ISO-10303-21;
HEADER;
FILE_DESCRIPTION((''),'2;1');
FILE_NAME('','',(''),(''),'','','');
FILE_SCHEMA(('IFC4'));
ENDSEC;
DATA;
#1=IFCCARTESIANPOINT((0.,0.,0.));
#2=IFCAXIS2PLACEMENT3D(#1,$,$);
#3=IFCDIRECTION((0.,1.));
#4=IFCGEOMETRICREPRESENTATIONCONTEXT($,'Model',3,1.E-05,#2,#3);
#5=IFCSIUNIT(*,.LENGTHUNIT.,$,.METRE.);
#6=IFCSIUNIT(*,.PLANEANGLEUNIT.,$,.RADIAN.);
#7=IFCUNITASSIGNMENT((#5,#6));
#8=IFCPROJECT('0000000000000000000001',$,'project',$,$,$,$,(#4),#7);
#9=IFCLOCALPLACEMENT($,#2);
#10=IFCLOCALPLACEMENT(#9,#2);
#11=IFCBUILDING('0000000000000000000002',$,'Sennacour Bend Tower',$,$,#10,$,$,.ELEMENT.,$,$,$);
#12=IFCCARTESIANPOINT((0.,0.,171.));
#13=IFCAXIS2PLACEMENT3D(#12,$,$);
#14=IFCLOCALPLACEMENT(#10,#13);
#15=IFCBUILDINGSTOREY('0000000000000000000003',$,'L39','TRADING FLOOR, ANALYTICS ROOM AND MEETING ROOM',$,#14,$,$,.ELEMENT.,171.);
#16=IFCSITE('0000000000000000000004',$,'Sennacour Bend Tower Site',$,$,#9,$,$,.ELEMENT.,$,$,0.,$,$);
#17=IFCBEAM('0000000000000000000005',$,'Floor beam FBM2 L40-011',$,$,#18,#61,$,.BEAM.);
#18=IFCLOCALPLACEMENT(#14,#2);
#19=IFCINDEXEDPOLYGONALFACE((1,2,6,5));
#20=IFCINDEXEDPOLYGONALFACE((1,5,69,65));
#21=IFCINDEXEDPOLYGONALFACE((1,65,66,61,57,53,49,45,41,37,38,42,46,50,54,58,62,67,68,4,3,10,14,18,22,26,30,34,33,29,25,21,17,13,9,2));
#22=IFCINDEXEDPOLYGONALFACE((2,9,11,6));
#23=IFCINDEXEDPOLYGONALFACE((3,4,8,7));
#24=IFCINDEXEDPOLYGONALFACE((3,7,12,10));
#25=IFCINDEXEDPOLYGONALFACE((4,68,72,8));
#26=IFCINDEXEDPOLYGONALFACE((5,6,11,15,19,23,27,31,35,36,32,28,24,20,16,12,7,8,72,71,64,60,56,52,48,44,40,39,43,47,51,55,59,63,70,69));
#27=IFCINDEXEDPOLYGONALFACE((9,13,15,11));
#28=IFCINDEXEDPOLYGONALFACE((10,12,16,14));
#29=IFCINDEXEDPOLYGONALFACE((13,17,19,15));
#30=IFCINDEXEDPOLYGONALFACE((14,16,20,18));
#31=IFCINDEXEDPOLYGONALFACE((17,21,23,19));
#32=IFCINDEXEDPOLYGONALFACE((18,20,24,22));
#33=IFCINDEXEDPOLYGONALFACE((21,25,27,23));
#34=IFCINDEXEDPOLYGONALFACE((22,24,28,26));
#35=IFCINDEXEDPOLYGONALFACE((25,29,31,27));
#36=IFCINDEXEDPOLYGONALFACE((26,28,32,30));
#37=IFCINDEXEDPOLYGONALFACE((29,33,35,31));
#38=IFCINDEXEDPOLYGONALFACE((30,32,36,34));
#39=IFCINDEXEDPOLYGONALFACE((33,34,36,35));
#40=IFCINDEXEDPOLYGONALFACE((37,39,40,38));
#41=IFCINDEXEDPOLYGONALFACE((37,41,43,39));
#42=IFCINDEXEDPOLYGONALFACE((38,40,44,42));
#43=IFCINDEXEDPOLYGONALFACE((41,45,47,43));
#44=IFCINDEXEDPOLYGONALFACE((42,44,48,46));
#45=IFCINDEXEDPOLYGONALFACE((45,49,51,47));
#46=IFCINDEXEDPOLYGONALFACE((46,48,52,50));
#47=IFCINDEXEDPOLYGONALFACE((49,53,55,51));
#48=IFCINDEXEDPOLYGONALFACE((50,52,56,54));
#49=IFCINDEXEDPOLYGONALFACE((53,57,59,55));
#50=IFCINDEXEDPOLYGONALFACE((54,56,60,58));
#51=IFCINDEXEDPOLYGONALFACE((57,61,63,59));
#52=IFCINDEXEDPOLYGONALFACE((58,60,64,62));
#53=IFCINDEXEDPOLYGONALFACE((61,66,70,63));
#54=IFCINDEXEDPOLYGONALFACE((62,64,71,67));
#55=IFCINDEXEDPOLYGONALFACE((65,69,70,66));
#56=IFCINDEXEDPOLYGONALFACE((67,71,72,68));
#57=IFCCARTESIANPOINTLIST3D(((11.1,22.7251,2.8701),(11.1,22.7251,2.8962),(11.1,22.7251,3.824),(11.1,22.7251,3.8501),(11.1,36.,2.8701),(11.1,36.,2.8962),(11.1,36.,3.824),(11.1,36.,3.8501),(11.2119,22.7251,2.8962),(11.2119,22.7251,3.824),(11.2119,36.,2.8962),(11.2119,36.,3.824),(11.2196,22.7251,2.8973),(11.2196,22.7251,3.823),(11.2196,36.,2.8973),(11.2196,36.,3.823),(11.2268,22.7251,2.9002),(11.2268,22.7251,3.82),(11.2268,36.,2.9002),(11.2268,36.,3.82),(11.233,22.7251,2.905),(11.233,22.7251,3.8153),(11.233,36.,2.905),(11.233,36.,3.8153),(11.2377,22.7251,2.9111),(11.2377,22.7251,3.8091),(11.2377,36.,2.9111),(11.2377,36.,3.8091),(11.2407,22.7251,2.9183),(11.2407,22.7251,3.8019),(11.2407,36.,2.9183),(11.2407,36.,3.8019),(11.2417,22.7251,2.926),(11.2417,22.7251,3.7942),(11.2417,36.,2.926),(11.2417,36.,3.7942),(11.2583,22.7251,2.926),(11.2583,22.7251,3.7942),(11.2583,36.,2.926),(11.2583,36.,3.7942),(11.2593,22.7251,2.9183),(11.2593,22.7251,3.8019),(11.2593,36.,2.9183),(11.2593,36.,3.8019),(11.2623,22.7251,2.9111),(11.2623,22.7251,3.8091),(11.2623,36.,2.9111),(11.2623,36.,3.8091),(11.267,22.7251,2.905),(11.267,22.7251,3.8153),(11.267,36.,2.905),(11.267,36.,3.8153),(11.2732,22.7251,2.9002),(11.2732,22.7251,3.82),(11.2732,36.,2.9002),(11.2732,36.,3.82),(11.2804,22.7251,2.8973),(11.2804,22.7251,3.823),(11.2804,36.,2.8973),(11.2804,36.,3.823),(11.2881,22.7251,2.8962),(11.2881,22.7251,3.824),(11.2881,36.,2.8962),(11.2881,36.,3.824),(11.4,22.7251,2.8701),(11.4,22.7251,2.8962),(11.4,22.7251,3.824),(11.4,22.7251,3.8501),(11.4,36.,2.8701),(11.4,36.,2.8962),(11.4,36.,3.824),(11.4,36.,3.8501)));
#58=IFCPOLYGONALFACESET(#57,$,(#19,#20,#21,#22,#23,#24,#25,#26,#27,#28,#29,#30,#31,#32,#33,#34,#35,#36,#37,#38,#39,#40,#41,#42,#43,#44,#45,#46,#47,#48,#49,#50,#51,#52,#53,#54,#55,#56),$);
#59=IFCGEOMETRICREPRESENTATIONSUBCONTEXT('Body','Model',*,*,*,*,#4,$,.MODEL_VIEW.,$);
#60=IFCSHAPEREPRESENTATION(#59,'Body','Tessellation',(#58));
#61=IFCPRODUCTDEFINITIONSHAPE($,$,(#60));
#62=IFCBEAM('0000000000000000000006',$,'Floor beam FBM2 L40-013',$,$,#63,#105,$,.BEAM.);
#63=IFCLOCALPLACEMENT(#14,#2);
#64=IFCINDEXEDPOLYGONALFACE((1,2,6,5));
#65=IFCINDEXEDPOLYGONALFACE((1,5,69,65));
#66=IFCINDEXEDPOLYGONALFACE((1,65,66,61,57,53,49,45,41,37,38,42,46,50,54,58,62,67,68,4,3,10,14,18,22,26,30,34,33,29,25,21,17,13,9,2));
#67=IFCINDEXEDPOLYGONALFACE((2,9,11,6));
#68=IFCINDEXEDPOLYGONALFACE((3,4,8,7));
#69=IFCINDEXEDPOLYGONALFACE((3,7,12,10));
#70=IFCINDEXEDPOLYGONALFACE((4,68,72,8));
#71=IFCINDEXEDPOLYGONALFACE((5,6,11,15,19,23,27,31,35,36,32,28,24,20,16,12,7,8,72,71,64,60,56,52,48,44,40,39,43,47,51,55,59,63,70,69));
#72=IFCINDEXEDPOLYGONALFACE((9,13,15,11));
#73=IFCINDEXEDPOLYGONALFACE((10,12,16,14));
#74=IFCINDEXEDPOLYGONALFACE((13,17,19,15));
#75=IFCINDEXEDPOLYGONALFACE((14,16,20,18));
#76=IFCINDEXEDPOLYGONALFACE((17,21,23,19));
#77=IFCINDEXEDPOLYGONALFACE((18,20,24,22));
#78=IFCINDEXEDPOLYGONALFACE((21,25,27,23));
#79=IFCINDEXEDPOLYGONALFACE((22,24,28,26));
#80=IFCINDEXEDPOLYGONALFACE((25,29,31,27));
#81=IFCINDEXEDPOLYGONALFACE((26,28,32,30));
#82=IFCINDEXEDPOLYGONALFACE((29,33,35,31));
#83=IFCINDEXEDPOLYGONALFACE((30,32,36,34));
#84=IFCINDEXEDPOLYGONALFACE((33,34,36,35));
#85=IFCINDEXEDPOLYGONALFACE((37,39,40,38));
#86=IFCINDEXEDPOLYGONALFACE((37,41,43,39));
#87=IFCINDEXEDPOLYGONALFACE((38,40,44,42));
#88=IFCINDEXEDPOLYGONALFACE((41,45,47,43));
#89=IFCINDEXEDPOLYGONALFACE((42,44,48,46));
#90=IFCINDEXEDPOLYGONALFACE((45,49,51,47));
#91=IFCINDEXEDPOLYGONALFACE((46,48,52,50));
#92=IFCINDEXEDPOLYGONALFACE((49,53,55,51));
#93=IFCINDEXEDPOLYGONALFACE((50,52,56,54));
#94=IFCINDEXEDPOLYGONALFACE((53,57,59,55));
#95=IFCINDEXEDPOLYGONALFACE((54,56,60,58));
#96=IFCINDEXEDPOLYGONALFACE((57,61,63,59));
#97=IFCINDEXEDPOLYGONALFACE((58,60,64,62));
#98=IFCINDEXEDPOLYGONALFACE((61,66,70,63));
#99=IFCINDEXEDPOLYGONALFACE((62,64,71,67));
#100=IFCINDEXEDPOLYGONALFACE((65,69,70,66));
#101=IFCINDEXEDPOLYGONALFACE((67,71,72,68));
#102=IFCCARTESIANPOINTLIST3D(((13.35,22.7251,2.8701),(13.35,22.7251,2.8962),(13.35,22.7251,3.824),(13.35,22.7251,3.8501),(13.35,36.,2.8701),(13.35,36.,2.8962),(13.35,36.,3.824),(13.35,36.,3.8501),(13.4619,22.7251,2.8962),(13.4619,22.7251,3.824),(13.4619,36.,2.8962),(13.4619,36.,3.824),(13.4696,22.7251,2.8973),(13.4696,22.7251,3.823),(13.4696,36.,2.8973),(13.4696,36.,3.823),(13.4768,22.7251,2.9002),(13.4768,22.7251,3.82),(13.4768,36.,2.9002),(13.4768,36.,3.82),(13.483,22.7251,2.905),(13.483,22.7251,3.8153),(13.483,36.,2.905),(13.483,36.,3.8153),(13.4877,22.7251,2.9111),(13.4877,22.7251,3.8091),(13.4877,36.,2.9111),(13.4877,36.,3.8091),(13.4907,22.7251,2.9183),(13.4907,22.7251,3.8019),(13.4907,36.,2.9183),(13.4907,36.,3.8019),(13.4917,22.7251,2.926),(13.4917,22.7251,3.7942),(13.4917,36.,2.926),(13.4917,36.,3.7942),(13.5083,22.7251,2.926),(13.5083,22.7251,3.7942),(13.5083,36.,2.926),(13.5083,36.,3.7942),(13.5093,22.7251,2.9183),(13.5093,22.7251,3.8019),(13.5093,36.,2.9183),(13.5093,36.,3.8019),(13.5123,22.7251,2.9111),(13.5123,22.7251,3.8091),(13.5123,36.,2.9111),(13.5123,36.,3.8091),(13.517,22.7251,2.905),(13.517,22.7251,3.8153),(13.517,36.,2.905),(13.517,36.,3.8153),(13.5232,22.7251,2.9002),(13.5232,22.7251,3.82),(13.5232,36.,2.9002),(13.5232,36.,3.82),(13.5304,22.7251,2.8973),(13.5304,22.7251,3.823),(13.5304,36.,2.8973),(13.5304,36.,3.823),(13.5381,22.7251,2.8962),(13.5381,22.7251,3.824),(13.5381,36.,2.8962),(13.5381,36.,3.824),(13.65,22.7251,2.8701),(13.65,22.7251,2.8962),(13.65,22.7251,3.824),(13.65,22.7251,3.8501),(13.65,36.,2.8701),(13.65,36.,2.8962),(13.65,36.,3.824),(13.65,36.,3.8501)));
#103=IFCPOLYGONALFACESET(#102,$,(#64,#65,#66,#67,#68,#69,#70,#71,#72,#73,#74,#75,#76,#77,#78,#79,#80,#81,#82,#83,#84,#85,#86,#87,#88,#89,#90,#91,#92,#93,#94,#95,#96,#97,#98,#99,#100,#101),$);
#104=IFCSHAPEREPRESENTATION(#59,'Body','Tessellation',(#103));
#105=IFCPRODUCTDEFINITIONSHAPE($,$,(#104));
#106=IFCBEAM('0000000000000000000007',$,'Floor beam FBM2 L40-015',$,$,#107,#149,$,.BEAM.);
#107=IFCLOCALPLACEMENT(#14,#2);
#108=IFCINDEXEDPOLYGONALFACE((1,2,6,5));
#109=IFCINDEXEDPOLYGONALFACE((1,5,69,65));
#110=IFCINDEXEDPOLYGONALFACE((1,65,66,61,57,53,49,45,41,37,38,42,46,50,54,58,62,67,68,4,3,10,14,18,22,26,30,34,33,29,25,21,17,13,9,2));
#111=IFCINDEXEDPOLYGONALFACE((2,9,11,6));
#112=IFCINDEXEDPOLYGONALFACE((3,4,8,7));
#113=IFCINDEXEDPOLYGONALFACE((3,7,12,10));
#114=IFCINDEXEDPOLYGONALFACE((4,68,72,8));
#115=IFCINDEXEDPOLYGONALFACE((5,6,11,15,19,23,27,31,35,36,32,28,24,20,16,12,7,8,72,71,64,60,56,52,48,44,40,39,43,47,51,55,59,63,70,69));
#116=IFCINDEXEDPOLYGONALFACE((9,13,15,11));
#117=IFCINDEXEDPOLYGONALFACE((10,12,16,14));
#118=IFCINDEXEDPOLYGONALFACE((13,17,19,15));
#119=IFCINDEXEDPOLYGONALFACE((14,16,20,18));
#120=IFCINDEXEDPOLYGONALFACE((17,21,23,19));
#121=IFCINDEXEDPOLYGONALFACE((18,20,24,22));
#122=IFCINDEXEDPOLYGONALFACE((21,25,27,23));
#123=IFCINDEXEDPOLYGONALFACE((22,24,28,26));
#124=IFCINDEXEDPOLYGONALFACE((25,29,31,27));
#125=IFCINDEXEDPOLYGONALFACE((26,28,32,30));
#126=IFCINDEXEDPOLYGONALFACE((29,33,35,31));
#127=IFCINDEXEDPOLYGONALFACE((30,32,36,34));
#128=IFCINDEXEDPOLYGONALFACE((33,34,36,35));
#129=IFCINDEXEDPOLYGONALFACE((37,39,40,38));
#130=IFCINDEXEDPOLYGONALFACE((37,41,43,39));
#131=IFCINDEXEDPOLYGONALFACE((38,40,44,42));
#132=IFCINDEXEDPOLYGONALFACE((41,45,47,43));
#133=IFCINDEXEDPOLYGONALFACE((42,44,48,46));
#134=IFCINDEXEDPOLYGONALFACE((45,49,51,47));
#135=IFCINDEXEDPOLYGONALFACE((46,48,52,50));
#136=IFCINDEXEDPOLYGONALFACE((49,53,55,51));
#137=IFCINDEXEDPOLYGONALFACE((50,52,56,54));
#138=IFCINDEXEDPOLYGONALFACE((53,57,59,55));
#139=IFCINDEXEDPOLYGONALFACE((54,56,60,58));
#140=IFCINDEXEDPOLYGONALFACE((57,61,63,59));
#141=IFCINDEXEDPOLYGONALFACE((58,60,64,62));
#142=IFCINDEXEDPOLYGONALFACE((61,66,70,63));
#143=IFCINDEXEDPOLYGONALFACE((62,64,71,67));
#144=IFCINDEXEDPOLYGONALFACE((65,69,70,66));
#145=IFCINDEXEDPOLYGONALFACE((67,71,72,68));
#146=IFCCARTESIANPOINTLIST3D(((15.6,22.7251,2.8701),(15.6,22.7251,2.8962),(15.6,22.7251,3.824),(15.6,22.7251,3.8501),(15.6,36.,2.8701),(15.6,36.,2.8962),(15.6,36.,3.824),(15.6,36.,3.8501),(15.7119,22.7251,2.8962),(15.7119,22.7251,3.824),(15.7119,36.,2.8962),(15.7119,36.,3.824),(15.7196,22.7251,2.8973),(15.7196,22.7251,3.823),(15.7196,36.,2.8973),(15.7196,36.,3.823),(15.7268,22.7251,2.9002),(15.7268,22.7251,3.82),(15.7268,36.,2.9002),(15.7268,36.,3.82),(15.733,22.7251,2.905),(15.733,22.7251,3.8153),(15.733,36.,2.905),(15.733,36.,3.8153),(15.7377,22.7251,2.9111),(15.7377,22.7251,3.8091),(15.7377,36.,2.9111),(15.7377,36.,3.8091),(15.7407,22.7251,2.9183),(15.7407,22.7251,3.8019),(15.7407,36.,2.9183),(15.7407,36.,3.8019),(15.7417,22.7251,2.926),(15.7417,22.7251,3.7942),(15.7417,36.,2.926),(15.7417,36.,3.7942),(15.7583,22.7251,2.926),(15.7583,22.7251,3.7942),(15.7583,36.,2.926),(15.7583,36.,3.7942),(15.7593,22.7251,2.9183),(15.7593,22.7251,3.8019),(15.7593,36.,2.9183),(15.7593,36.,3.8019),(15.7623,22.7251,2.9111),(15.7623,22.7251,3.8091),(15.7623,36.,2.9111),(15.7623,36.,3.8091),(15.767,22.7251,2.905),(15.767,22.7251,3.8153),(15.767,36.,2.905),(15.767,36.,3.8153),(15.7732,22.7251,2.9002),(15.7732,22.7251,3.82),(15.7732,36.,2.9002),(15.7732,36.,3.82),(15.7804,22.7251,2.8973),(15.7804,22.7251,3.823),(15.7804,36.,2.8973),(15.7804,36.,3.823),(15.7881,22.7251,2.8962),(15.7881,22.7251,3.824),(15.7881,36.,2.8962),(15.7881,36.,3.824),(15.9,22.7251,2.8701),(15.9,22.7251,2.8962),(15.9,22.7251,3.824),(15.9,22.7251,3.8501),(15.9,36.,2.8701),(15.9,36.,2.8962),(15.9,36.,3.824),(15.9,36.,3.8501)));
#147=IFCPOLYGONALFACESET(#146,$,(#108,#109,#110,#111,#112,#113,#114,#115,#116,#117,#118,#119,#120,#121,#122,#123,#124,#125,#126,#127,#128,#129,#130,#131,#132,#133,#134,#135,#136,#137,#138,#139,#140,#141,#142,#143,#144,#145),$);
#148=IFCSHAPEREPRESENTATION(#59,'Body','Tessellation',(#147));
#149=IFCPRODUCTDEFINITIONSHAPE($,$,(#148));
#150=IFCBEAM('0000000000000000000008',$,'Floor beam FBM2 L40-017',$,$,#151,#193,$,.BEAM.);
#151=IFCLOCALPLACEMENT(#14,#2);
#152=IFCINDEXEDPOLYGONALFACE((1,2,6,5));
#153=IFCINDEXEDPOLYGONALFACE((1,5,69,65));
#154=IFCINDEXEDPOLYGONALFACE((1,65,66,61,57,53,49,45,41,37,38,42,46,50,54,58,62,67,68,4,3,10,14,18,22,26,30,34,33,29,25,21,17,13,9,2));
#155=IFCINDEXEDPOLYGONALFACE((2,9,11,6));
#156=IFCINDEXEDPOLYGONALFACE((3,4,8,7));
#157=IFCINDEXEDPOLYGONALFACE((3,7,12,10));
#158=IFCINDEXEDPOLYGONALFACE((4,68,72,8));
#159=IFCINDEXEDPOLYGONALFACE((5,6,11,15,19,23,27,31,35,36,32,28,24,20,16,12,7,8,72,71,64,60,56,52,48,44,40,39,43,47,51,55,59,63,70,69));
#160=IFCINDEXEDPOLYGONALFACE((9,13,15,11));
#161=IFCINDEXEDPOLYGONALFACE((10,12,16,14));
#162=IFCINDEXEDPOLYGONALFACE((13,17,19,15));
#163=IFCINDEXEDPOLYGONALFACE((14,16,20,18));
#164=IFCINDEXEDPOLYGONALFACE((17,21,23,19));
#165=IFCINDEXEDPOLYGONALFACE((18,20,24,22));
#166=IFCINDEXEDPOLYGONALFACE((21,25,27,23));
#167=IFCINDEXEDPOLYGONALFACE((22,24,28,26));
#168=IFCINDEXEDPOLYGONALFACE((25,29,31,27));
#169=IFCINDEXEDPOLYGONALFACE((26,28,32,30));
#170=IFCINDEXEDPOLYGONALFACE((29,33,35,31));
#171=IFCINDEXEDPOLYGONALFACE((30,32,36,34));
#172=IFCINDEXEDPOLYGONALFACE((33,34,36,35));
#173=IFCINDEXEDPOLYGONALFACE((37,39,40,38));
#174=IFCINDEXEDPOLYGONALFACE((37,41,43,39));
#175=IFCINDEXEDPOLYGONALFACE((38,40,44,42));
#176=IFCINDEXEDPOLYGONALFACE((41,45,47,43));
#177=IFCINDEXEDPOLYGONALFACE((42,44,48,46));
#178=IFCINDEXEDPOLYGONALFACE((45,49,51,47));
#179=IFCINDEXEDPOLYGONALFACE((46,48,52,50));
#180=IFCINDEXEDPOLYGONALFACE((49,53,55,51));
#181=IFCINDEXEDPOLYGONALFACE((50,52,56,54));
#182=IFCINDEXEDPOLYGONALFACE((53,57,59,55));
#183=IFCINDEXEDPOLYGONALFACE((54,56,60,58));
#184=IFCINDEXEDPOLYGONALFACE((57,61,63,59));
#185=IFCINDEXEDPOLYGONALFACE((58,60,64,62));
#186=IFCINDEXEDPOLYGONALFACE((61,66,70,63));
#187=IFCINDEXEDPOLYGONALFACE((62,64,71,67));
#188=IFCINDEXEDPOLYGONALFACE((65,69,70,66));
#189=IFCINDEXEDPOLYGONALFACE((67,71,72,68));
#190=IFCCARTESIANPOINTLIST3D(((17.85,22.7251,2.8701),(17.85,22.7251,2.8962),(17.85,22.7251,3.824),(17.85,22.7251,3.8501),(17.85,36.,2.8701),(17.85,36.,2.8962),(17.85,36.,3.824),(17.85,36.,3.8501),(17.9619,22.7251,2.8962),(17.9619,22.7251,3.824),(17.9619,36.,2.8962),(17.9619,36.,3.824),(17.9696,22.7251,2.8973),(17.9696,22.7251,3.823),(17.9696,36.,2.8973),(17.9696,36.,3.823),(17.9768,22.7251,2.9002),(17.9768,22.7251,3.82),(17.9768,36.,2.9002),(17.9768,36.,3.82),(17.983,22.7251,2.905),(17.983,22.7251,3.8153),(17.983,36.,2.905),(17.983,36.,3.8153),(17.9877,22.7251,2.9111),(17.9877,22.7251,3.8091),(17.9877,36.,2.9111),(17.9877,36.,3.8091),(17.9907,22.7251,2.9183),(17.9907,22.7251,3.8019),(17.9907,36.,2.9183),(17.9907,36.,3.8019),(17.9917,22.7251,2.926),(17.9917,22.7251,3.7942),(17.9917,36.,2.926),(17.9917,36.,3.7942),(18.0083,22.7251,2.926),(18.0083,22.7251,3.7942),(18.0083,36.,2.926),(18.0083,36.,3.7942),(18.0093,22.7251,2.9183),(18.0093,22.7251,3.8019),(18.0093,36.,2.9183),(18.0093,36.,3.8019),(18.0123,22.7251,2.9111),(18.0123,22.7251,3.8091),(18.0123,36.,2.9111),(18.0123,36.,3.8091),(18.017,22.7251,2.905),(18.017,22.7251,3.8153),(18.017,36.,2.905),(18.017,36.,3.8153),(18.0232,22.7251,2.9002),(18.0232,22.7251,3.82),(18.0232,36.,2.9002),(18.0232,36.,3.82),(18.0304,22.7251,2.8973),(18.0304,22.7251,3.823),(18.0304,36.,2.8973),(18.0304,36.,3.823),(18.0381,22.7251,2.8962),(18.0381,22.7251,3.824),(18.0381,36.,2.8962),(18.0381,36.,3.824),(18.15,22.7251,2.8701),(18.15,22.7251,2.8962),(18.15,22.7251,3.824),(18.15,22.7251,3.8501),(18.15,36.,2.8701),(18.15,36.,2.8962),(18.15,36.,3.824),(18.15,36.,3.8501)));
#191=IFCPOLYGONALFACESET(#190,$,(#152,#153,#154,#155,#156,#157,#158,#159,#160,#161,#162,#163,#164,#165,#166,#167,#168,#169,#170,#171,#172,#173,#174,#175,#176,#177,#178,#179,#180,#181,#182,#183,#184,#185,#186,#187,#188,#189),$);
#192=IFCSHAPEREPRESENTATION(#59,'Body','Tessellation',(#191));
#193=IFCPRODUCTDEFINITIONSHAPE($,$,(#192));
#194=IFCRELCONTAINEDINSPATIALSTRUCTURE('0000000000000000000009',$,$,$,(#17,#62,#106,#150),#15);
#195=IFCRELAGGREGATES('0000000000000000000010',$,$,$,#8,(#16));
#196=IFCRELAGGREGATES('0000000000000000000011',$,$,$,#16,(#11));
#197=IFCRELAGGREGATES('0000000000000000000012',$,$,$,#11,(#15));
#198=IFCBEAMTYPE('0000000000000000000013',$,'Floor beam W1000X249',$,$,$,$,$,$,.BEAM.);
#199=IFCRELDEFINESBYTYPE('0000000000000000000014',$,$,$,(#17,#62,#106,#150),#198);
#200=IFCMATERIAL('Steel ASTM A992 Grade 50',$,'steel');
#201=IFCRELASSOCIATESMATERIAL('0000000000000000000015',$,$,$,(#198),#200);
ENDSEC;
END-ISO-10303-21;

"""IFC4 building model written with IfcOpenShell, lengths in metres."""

from ifc_helpers import new_model, si_unit, direction, frame, origin, origin_2d, place, context, subcontext, project, spatial, i_section, extrude, material, material_profile, profile_set, type_object, element, save


model = new_model("IFC4")

# Units and contexts
model_context = context("Model", 3, precision=1e-05, world=origin(), true_north=direction((0.0, 1.0)))
body_context = subcontext(model_context, "Body", "Model", "MODEL_VIEW")
ifc_project = project(units=[si_unit("LENGTHUNIT", "METRE"), si_unit("PLANEANGLEUNIT", "RADIAN")], contexts=[model_context])

# Site, building, storey
site_placement = place(None, origin())
site = spatial("IfcSite", under=ifc_project, at=site_placement, Name="Sennacour Bend Tower Site", CompositionType="ELEMENT", RefElevation=0.0)
building_placement = place(site_placement, origin())
building = spatial("IfcBuilding", under=site, at=building_placement, Name="Sennacour Bend Tower", CompositionType="ELEMENT")
storey_placement = place(building_placement, frame((0.0, 0.0, 171.0)))
storey = spatial("IfcBuildingStorey", under=building, at=storey_placement, Name="L39", Description="TRADING FLOOR, ANALYTICS ROOM AND MEETING ROOM", CompositionType="ELEMENT", Elevation=171.0)

# Beams
ifc_material_1 = material(Name="Steel ASTM A992 Grade 50", Category="steel")
ifc_material_profile_1 = material_profile(ifc_material_1, i_section(OverallWidth=0.3, OverallDepth=0.98, WebThickness=0.0166, FlangeThickness=0.0261, FilletRadius=0.0298, at=origin_2d()), Name="Steel ASTM A992 Grade 50", Category="steel")
ifc_profile_set_1 = profile_set([ifc_material_profile_1], Name="Steel ASTM A992 Grade 50")
beam_type_1 = type_object("IfcBeamType", Name="Floor beam W1000X249", PredefinedType="BEAM", material=ifc_profile_set_1)
for number, where, z_axis, x_axis, name in (
    (1, (11.25, 22.7251, 3.3601), (0.0, 1.0, 0.0), (-1.0, 0.0, 0.0), "Floor beam FBM2 L40-011"),
    (2, (13.5, 22.7251, 3.3601), (0.0, 1.0, 0.0), (-1.0, 0.0, 0.0), "Floor beam FBM2 L40-013"),
    (3, (15.75, 22.7251, 3.3601), (0.0, 1.0, 0.0), (-1.0, 0.0, 0.0), "Floor beam FBM2 L40-015"),
    (4, (18.0, 22.7251, 3.3601), (0.0, 1.0, 0.0), (-1.0, 0.0, 0.0), "Floor beam FBM2 L40-017"),
):
    element("IfcBeam", number, at=place(storey_placement, frame(where, z_axis=z_axis, x_axis=x_axis)), inside=storey, type_object=beam_type_1, Name=name, PredefinedType="BEAM", context=body_context, shape_type="SweptSolid", body=[
        extrude(i_section(OverallWidth=0.3, OverallDepth=0.98, WebThickness=0.0166, FlangeThickness=0.0261, FilletRadius=0.0298, at=origin_2d()), origin(), (0.0, 0.0, 1.0), 13.2749),
    ])

save(model, "model.ifc")
